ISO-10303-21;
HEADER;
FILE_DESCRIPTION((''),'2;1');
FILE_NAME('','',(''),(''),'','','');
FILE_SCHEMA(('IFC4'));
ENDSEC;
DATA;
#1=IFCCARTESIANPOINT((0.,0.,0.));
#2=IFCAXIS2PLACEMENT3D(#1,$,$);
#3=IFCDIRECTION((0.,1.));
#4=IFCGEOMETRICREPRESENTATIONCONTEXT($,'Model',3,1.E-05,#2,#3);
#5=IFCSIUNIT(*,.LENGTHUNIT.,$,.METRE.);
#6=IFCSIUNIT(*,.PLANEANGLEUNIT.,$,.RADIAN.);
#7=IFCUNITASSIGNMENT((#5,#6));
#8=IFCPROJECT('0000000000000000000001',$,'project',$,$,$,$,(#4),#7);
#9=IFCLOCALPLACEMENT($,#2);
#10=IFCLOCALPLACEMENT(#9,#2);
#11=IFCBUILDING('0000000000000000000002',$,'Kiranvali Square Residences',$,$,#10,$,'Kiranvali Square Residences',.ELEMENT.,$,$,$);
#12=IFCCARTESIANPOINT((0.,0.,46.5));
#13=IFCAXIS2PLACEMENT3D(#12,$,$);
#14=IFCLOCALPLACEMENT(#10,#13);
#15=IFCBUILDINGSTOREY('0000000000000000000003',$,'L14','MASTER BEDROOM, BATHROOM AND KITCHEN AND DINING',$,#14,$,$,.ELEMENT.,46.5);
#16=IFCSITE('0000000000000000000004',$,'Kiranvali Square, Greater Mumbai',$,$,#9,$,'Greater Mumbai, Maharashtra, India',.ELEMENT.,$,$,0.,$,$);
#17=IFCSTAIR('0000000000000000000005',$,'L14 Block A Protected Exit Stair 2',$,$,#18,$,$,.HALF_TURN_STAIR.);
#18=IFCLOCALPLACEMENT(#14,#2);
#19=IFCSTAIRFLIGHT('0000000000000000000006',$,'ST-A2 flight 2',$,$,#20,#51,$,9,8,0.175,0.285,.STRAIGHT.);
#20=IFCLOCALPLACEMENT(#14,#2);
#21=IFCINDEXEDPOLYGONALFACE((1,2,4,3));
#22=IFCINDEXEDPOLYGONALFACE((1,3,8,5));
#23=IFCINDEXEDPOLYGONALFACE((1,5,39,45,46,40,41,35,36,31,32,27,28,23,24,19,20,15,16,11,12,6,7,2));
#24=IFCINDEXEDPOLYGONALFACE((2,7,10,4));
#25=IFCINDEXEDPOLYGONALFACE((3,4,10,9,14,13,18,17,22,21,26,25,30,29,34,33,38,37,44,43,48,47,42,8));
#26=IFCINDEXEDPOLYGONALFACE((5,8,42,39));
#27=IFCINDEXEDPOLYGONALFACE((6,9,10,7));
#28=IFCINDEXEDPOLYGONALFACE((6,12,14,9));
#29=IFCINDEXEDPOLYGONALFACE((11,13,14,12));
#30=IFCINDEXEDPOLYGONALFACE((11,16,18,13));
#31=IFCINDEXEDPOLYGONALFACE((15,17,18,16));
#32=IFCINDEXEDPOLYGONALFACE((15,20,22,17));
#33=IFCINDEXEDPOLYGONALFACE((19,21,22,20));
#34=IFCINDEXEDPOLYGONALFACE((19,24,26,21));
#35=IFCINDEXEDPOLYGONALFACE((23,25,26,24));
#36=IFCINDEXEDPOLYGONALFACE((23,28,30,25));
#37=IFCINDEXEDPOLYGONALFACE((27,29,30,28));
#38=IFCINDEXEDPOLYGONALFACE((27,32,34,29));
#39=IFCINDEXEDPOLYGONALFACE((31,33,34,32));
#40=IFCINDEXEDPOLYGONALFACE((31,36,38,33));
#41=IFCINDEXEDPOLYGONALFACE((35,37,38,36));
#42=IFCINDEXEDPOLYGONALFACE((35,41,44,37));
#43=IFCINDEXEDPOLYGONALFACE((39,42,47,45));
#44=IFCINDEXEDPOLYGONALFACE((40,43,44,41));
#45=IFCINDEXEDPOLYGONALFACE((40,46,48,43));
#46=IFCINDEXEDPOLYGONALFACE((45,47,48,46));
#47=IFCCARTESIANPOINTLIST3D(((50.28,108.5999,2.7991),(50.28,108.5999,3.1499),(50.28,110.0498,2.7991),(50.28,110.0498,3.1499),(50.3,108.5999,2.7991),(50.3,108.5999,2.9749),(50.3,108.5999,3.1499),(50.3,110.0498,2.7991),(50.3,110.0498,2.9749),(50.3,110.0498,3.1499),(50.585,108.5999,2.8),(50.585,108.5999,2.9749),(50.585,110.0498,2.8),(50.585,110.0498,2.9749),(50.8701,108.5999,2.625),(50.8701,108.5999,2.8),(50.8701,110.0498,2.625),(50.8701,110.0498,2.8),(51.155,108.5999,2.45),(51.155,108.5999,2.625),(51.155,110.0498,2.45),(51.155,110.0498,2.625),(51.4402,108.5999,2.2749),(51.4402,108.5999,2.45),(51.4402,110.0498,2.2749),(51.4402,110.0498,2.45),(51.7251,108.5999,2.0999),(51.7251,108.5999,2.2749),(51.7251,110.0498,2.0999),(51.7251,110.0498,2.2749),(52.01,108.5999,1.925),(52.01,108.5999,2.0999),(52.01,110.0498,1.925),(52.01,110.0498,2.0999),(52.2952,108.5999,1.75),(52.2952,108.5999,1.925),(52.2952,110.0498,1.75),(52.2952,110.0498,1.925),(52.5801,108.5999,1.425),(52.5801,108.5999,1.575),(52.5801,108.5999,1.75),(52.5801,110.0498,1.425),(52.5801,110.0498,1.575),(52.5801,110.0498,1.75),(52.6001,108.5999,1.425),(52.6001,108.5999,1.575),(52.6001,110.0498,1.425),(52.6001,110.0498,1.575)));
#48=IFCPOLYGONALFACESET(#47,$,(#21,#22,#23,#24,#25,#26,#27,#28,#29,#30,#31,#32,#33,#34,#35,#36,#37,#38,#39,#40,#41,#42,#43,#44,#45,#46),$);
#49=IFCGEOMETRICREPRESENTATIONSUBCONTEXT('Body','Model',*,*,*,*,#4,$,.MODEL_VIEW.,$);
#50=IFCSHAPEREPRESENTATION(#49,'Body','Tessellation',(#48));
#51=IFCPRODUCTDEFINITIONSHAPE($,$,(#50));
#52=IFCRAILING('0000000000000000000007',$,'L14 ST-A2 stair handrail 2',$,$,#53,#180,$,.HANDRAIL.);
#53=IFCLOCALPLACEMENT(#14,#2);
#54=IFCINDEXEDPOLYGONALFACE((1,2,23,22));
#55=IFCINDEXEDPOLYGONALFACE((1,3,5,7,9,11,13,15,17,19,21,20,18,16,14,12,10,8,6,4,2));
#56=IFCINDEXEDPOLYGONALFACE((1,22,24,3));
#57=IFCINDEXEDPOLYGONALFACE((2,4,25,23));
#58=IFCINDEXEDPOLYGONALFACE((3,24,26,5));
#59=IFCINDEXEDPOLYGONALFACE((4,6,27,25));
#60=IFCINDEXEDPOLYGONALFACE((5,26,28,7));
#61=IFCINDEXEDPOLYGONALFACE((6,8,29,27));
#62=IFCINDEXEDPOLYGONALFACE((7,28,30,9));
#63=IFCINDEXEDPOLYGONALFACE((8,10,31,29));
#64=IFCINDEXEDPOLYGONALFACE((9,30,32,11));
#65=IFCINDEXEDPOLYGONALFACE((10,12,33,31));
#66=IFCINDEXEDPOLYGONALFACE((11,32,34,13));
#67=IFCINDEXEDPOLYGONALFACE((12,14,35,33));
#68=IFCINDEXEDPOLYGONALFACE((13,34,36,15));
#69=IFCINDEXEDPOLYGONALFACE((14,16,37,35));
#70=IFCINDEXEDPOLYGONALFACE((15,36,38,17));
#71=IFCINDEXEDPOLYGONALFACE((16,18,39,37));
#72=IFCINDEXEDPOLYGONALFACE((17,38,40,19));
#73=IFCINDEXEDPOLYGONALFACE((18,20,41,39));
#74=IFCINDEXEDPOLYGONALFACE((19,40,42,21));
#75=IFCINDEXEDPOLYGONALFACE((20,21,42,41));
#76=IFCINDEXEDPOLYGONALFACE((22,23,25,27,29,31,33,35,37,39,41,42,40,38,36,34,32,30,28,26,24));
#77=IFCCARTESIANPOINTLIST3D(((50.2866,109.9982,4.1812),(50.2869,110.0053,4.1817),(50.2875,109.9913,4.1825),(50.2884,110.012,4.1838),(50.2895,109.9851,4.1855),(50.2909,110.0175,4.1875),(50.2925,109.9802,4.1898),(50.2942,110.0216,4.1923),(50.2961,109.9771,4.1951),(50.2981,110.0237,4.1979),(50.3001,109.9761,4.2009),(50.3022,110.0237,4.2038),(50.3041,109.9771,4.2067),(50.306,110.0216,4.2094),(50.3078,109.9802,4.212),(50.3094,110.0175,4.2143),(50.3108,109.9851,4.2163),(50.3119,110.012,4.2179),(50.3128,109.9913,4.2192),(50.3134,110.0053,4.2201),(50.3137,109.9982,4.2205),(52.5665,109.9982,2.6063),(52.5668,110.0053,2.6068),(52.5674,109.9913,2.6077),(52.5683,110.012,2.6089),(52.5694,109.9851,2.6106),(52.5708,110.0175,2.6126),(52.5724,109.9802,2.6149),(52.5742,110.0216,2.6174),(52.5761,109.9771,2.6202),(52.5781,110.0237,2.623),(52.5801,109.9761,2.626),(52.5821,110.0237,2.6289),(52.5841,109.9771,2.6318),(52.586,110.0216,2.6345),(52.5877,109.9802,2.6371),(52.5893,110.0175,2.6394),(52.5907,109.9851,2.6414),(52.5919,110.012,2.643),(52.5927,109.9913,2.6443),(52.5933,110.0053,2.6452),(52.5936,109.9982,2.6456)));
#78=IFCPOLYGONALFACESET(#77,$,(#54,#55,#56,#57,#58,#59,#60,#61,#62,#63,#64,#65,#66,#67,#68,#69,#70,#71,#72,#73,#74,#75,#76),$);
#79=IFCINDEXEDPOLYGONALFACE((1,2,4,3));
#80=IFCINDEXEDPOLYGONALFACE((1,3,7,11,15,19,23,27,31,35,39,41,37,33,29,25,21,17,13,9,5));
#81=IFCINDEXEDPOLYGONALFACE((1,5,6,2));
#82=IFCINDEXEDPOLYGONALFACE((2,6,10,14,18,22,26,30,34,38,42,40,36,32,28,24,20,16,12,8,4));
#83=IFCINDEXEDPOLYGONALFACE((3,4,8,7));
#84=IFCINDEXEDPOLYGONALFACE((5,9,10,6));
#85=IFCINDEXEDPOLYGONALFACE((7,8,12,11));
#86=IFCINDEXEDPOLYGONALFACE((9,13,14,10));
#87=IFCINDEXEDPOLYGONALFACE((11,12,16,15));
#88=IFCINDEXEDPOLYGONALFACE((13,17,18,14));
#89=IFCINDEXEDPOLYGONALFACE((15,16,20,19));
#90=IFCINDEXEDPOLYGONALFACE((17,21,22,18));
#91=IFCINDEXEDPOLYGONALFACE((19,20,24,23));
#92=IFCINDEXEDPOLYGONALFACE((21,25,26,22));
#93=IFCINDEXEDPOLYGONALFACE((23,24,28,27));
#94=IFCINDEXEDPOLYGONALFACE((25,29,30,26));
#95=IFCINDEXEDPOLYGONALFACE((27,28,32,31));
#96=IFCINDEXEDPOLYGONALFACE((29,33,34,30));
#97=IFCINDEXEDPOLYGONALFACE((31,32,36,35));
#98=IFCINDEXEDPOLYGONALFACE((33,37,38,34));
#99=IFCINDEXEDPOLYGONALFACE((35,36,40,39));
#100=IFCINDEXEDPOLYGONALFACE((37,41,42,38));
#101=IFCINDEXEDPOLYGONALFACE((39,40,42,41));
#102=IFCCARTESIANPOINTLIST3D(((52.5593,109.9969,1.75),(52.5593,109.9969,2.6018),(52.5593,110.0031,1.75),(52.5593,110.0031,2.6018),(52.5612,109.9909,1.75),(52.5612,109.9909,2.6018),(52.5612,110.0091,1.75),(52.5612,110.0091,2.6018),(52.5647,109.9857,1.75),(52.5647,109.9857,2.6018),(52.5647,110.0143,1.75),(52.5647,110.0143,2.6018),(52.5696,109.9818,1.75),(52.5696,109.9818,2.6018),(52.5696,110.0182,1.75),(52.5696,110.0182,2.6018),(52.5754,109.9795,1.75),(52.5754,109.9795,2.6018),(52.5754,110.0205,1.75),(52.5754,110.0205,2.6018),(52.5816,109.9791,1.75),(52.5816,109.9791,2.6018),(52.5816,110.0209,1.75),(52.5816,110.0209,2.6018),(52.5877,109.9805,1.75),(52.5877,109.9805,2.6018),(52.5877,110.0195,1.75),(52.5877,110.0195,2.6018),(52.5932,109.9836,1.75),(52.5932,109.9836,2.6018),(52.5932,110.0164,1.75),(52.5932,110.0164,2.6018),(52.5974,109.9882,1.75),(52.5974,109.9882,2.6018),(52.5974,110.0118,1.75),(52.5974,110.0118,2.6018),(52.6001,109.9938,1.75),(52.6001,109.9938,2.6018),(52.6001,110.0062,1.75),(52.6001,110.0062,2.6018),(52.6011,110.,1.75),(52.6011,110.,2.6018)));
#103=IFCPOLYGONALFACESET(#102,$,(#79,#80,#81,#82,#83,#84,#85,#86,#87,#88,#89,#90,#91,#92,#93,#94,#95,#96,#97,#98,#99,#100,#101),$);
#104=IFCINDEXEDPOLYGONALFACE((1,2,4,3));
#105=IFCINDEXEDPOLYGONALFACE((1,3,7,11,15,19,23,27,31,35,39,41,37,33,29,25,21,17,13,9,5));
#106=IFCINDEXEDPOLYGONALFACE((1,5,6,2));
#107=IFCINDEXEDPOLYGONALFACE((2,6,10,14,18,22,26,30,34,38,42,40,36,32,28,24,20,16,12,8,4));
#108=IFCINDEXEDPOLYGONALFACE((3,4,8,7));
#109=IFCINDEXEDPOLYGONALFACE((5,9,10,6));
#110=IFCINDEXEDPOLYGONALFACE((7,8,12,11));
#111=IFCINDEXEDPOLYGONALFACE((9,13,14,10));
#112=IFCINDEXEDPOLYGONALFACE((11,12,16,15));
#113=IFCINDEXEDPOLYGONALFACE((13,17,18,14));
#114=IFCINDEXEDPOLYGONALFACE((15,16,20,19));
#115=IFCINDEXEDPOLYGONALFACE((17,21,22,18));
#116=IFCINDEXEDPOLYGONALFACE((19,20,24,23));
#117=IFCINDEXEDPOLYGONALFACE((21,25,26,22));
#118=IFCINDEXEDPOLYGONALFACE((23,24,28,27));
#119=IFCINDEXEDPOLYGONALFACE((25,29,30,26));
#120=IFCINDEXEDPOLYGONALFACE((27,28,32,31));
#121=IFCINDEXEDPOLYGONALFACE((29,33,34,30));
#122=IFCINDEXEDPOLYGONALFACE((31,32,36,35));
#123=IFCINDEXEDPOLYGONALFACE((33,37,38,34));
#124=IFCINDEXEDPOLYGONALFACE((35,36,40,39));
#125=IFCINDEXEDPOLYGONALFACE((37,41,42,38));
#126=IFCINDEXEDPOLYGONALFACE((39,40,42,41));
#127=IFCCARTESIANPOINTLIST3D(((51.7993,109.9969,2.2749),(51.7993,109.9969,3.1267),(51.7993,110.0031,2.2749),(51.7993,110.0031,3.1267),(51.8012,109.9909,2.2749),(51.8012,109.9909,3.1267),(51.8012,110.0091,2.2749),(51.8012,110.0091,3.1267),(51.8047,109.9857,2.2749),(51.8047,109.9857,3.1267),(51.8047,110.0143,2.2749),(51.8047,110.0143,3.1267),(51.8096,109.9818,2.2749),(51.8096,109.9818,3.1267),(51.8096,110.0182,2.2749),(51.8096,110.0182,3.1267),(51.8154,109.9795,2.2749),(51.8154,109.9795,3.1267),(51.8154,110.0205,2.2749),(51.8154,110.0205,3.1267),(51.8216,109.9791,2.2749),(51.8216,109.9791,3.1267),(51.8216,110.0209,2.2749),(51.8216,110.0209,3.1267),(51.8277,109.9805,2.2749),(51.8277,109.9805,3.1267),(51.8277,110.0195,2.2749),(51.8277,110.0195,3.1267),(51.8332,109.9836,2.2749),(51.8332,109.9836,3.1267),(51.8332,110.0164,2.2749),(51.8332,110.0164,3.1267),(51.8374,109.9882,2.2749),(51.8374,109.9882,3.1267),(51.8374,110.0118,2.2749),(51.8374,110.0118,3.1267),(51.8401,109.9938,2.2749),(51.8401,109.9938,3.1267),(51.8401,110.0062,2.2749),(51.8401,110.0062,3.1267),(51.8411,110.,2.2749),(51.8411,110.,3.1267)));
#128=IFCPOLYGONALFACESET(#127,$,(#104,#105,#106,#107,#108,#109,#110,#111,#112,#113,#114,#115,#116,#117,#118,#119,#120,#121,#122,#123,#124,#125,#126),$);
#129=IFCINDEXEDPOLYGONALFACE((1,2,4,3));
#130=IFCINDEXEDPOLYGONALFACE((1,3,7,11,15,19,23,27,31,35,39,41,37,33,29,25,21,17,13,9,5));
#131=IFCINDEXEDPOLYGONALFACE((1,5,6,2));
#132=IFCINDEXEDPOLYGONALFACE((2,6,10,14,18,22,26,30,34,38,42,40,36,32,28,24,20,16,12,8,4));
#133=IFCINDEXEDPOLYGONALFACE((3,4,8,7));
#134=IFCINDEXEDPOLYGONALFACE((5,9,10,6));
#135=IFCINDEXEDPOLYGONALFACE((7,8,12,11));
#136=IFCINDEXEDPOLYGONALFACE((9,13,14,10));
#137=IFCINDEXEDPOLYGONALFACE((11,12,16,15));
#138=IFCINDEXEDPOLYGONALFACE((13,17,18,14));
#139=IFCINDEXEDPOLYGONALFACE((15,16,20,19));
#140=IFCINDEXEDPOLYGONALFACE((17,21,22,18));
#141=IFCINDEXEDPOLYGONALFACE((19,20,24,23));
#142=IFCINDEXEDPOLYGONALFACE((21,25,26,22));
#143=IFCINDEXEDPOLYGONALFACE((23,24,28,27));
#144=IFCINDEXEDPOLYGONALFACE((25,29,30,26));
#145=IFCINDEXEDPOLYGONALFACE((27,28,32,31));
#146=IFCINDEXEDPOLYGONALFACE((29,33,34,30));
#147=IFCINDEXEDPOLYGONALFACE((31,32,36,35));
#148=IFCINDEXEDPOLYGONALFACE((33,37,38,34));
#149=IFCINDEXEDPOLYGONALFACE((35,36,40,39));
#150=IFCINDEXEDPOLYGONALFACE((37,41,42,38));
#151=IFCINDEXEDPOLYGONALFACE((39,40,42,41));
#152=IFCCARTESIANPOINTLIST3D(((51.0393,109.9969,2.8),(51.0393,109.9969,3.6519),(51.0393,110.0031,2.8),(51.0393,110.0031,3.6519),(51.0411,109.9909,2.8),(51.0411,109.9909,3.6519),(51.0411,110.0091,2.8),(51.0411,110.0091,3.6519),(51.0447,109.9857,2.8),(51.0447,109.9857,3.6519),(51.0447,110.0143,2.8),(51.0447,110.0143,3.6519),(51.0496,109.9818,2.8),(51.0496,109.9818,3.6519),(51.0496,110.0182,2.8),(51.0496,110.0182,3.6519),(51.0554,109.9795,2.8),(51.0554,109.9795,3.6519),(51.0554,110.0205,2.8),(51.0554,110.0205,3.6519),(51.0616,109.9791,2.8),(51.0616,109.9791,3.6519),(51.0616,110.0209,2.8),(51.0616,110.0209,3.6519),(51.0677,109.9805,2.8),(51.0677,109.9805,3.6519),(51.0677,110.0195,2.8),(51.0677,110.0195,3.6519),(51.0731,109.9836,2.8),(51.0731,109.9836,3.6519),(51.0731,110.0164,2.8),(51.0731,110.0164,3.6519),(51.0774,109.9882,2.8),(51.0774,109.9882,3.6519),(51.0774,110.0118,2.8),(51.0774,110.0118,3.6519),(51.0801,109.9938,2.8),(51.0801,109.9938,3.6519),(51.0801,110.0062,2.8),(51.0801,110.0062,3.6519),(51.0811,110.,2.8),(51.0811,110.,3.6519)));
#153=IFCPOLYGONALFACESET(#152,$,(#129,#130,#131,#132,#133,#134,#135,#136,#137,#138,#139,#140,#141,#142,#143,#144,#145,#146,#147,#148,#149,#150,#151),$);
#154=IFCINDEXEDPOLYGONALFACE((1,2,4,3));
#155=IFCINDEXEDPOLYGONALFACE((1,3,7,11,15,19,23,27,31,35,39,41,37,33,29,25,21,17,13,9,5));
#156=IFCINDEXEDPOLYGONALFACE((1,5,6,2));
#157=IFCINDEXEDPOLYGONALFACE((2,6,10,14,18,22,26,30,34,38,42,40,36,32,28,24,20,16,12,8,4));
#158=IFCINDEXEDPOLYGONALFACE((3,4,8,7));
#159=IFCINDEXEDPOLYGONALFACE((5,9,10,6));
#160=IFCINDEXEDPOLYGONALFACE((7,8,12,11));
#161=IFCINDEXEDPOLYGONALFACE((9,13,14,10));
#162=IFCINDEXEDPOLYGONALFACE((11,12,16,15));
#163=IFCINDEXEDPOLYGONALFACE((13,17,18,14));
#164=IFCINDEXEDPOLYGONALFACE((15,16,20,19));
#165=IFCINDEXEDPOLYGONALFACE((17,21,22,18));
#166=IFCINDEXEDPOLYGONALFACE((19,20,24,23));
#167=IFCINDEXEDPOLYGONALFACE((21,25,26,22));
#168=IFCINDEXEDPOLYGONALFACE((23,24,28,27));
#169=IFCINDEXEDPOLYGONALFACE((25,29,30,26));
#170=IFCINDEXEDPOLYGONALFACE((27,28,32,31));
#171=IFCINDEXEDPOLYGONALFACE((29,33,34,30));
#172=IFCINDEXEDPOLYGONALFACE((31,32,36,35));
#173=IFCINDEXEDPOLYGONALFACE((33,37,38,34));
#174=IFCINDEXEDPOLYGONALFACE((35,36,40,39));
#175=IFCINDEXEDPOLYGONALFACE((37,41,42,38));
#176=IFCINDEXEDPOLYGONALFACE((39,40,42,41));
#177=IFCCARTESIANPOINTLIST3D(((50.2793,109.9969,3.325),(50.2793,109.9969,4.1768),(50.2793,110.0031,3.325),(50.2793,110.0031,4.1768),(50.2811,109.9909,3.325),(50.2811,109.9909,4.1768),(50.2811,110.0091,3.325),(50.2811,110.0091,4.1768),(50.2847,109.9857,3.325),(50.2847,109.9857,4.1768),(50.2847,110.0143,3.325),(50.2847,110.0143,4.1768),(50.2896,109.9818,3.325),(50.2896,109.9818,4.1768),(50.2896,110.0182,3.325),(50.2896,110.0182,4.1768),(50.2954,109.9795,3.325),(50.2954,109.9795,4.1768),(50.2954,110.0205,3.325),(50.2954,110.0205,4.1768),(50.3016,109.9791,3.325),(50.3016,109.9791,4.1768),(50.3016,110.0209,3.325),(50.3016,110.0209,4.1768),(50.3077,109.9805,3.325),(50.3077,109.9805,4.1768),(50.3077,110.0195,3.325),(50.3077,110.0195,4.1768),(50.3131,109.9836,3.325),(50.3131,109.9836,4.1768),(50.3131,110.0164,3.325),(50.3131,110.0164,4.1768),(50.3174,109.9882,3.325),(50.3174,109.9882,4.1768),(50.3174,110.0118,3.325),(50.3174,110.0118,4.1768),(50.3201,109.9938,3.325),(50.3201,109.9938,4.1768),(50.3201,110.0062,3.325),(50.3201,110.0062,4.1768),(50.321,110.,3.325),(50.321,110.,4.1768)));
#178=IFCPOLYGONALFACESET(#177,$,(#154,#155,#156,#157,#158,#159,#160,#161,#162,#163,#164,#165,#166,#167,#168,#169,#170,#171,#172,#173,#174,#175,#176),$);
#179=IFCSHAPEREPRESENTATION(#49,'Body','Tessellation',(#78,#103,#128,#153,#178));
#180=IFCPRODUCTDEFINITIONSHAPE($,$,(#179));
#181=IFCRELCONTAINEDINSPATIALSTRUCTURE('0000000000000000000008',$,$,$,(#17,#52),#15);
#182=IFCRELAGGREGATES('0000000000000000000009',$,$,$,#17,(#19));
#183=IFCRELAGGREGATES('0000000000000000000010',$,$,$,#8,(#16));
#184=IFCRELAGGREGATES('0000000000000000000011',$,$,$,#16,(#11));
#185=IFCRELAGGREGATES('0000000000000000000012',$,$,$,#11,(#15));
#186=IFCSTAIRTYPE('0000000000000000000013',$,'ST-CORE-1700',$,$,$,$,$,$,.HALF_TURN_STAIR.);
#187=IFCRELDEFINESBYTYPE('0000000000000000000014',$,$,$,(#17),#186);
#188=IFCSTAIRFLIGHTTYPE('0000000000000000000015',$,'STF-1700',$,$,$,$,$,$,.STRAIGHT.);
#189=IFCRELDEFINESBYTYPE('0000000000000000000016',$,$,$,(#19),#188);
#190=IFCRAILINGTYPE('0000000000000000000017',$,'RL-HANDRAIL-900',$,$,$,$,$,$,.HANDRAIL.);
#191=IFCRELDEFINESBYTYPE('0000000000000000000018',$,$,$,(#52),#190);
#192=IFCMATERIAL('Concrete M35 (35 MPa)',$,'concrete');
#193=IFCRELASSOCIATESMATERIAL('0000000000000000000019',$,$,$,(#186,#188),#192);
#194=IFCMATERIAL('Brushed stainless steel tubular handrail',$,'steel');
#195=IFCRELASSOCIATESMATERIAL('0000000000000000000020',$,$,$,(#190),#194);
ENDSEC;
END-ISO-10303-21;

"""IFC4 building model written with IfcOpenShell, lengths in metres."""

from ifc_helpers import new_model, si_unit, direction, frame, origin, origin_2d, place, context, subcontext, project, spatial, polyline, circle, outline, extrude, material, type_object, element, aggregate, save


model = new_model("IFC4")

# Units and contexts
model_context = context("Model", 3, precision=1e-05, world=origin(), true_north=direction((0.0, 1.0)))
body_context = subcontext(model_context, "Body", "Model", "MODEL_VIEW")
ifc_project = project(units=[si_unit("LENGTHUNIT", "METRE"), si_unit("PLANEANGLEUNIT", "RADIAN")], contexts=[model_context])

# Site, building, storey
site_placement = place(None, origin())
site = spatial("IfcSite", under=ifc_project, at=site_placement, Name="Kiranvali Square, Greater Mumbai", LongName="Greater Mumbai, Maharashtra, India", CompositionType="ELEMENT", RefElevation=0.0)
building_placement = place(site_placement, origin())
building = spatial("IfcBuilding", under=site, at=building_placement, Name="Kiranvali Square Residences", LongName="Kiranvali Square Residences", CompositionType="ELEMENT")
storey_placement = place(building_placement, frame((0.0, 0.0, 46.5)))
storey = spatial("IfcBuildingStorey", under=building, at=storey_placement, Name="L14", Description="MASTER BEDROOM, BATHROOM AND KITCHEN AND DINING", CompositionType="ELEMENT", Elevation=46.5)

# Stair, stair flight
ifc_material_1 = material(Name="Concrete M35 (35 MPa)", Category="concrete")
stair_type = type_object("IfcStairType", Name="ST-CORE-1700", PredefinedType="HALF_TURN_STAIR", material=ifc_material_1)
stair_placement = place(storey_placement, origin())
stair = element("IfcStair", 1, at=stair_placement, inside=storey, type_object=stair_type, Name="L14 Block A Protected Exit Stair 2", PredefinedType="HALF_TURN_STAIR")
stair_flight_type = type_object("IfcStairFlightType", Name="STF-1700", PredefinedType="STRAIGHT", material=ifc_material_1)
stair_flight_placement = place(storey_placement, frame((52.5801, 109.325, 1.575), z_axis=(0.0, 0.0, 1.0), x_axis=(-1.0, 0.0, 0.0)))
stair_flight = element("IfcStairFlight", 2, at=stair_flight_placement, type_object=stair_flight_type, Name="ST-A2 flight 2", NumberOfRisers=9, NumberOfTreads=8, PredefinedType="STRAIGHT", RiserHeight=0.175, TreadLength=0.285, context=body_context, shape_type="SweptSolid", body=[
    extrude(outline(polyline([(-0.02, -0.1499), (-0.02, 0.0), (0.0, 0.0), (0.0, 0.175), (0.2849, 0.175), (0.2849, 0.3501), (0.5701, 0.3501), (0.5701, 0.5249), (0.855, 0.5249), (0.855, 0.7), (1.1399, 0.7), (1.1399, 0.875), (1.425, 0.875), (1.425, 1.05), (1.71, 1.05), (1.71, 1.2251), (1.9951, 1.2251), (1.9951, 1.3999), (2.28, 1.3999), (2.28, 1.575), (2.3, 1.575), (2.3, 1.2241), (2.28, 1.2241), (0.0, -0.1499), (-0.02, -0.1499)])), frame((0.0, 0.7251, 0.0), z_axis=(0.0, -1.0, 0.0), x_axis=(1.0, 0.0, 0.0)), (0.0, 0.0, 1.0), 1.45),
])
aggregate(stair, [stair_flight])

# Railing
ifc_material_2 = material(Name="Brushed stainless steel tubular handrail", Category="steel")
railing_type_1 = type_object("IfcRailingType", Name="RL-HANDRAIL-900", PredefinedType="HANDRAIL", material=ifc_material_2)
railing_1_placement = place(storey_placement, frame((52.5801, 110.0, 1.75)))
element("IfcRailing", 3, at=railing_1_placement, inside=storey, type_object=railing_type_1, Name="L14 ST-A2 stair handrail 2", PredefinedType="HANDRAIL", context=body_context, shape_type="SweptSolid", body=[
    extrude(circle(Radius=0.0239, at=origin_2d()), frame((0.0, 0.0, 0.876), z_axis=(-0.822788, 0.0, 0.568348), x_axis=(0.0, -1.0, 0.0)), (0.0, 0.0, 1.0), 2.771),
    extrude(circle(Radius=0.021, at=origin_2d()), origin(), (0.0, 0.0, 1.0), 0.8518),
    extrude(circle(Radius=0.021, at=origin_2d()), frame((-0.76, 0.0, 0.5249)), (0.0, 0.0, 1.0), 0.8518),
    extrude(circle(Radius=0.021, at=origin_2d()), frame((-1.52, 0.0, 1.05)), (0.0, 0.0, 1.0), 0.8518),
    extrude(circle(Radius=0.021, at=origin_2d()), frame((-2.28, 0.0, 1.575)), (0.0, 0.0, 1.0), 0.8518),
])

save(model, "model.ifc")
